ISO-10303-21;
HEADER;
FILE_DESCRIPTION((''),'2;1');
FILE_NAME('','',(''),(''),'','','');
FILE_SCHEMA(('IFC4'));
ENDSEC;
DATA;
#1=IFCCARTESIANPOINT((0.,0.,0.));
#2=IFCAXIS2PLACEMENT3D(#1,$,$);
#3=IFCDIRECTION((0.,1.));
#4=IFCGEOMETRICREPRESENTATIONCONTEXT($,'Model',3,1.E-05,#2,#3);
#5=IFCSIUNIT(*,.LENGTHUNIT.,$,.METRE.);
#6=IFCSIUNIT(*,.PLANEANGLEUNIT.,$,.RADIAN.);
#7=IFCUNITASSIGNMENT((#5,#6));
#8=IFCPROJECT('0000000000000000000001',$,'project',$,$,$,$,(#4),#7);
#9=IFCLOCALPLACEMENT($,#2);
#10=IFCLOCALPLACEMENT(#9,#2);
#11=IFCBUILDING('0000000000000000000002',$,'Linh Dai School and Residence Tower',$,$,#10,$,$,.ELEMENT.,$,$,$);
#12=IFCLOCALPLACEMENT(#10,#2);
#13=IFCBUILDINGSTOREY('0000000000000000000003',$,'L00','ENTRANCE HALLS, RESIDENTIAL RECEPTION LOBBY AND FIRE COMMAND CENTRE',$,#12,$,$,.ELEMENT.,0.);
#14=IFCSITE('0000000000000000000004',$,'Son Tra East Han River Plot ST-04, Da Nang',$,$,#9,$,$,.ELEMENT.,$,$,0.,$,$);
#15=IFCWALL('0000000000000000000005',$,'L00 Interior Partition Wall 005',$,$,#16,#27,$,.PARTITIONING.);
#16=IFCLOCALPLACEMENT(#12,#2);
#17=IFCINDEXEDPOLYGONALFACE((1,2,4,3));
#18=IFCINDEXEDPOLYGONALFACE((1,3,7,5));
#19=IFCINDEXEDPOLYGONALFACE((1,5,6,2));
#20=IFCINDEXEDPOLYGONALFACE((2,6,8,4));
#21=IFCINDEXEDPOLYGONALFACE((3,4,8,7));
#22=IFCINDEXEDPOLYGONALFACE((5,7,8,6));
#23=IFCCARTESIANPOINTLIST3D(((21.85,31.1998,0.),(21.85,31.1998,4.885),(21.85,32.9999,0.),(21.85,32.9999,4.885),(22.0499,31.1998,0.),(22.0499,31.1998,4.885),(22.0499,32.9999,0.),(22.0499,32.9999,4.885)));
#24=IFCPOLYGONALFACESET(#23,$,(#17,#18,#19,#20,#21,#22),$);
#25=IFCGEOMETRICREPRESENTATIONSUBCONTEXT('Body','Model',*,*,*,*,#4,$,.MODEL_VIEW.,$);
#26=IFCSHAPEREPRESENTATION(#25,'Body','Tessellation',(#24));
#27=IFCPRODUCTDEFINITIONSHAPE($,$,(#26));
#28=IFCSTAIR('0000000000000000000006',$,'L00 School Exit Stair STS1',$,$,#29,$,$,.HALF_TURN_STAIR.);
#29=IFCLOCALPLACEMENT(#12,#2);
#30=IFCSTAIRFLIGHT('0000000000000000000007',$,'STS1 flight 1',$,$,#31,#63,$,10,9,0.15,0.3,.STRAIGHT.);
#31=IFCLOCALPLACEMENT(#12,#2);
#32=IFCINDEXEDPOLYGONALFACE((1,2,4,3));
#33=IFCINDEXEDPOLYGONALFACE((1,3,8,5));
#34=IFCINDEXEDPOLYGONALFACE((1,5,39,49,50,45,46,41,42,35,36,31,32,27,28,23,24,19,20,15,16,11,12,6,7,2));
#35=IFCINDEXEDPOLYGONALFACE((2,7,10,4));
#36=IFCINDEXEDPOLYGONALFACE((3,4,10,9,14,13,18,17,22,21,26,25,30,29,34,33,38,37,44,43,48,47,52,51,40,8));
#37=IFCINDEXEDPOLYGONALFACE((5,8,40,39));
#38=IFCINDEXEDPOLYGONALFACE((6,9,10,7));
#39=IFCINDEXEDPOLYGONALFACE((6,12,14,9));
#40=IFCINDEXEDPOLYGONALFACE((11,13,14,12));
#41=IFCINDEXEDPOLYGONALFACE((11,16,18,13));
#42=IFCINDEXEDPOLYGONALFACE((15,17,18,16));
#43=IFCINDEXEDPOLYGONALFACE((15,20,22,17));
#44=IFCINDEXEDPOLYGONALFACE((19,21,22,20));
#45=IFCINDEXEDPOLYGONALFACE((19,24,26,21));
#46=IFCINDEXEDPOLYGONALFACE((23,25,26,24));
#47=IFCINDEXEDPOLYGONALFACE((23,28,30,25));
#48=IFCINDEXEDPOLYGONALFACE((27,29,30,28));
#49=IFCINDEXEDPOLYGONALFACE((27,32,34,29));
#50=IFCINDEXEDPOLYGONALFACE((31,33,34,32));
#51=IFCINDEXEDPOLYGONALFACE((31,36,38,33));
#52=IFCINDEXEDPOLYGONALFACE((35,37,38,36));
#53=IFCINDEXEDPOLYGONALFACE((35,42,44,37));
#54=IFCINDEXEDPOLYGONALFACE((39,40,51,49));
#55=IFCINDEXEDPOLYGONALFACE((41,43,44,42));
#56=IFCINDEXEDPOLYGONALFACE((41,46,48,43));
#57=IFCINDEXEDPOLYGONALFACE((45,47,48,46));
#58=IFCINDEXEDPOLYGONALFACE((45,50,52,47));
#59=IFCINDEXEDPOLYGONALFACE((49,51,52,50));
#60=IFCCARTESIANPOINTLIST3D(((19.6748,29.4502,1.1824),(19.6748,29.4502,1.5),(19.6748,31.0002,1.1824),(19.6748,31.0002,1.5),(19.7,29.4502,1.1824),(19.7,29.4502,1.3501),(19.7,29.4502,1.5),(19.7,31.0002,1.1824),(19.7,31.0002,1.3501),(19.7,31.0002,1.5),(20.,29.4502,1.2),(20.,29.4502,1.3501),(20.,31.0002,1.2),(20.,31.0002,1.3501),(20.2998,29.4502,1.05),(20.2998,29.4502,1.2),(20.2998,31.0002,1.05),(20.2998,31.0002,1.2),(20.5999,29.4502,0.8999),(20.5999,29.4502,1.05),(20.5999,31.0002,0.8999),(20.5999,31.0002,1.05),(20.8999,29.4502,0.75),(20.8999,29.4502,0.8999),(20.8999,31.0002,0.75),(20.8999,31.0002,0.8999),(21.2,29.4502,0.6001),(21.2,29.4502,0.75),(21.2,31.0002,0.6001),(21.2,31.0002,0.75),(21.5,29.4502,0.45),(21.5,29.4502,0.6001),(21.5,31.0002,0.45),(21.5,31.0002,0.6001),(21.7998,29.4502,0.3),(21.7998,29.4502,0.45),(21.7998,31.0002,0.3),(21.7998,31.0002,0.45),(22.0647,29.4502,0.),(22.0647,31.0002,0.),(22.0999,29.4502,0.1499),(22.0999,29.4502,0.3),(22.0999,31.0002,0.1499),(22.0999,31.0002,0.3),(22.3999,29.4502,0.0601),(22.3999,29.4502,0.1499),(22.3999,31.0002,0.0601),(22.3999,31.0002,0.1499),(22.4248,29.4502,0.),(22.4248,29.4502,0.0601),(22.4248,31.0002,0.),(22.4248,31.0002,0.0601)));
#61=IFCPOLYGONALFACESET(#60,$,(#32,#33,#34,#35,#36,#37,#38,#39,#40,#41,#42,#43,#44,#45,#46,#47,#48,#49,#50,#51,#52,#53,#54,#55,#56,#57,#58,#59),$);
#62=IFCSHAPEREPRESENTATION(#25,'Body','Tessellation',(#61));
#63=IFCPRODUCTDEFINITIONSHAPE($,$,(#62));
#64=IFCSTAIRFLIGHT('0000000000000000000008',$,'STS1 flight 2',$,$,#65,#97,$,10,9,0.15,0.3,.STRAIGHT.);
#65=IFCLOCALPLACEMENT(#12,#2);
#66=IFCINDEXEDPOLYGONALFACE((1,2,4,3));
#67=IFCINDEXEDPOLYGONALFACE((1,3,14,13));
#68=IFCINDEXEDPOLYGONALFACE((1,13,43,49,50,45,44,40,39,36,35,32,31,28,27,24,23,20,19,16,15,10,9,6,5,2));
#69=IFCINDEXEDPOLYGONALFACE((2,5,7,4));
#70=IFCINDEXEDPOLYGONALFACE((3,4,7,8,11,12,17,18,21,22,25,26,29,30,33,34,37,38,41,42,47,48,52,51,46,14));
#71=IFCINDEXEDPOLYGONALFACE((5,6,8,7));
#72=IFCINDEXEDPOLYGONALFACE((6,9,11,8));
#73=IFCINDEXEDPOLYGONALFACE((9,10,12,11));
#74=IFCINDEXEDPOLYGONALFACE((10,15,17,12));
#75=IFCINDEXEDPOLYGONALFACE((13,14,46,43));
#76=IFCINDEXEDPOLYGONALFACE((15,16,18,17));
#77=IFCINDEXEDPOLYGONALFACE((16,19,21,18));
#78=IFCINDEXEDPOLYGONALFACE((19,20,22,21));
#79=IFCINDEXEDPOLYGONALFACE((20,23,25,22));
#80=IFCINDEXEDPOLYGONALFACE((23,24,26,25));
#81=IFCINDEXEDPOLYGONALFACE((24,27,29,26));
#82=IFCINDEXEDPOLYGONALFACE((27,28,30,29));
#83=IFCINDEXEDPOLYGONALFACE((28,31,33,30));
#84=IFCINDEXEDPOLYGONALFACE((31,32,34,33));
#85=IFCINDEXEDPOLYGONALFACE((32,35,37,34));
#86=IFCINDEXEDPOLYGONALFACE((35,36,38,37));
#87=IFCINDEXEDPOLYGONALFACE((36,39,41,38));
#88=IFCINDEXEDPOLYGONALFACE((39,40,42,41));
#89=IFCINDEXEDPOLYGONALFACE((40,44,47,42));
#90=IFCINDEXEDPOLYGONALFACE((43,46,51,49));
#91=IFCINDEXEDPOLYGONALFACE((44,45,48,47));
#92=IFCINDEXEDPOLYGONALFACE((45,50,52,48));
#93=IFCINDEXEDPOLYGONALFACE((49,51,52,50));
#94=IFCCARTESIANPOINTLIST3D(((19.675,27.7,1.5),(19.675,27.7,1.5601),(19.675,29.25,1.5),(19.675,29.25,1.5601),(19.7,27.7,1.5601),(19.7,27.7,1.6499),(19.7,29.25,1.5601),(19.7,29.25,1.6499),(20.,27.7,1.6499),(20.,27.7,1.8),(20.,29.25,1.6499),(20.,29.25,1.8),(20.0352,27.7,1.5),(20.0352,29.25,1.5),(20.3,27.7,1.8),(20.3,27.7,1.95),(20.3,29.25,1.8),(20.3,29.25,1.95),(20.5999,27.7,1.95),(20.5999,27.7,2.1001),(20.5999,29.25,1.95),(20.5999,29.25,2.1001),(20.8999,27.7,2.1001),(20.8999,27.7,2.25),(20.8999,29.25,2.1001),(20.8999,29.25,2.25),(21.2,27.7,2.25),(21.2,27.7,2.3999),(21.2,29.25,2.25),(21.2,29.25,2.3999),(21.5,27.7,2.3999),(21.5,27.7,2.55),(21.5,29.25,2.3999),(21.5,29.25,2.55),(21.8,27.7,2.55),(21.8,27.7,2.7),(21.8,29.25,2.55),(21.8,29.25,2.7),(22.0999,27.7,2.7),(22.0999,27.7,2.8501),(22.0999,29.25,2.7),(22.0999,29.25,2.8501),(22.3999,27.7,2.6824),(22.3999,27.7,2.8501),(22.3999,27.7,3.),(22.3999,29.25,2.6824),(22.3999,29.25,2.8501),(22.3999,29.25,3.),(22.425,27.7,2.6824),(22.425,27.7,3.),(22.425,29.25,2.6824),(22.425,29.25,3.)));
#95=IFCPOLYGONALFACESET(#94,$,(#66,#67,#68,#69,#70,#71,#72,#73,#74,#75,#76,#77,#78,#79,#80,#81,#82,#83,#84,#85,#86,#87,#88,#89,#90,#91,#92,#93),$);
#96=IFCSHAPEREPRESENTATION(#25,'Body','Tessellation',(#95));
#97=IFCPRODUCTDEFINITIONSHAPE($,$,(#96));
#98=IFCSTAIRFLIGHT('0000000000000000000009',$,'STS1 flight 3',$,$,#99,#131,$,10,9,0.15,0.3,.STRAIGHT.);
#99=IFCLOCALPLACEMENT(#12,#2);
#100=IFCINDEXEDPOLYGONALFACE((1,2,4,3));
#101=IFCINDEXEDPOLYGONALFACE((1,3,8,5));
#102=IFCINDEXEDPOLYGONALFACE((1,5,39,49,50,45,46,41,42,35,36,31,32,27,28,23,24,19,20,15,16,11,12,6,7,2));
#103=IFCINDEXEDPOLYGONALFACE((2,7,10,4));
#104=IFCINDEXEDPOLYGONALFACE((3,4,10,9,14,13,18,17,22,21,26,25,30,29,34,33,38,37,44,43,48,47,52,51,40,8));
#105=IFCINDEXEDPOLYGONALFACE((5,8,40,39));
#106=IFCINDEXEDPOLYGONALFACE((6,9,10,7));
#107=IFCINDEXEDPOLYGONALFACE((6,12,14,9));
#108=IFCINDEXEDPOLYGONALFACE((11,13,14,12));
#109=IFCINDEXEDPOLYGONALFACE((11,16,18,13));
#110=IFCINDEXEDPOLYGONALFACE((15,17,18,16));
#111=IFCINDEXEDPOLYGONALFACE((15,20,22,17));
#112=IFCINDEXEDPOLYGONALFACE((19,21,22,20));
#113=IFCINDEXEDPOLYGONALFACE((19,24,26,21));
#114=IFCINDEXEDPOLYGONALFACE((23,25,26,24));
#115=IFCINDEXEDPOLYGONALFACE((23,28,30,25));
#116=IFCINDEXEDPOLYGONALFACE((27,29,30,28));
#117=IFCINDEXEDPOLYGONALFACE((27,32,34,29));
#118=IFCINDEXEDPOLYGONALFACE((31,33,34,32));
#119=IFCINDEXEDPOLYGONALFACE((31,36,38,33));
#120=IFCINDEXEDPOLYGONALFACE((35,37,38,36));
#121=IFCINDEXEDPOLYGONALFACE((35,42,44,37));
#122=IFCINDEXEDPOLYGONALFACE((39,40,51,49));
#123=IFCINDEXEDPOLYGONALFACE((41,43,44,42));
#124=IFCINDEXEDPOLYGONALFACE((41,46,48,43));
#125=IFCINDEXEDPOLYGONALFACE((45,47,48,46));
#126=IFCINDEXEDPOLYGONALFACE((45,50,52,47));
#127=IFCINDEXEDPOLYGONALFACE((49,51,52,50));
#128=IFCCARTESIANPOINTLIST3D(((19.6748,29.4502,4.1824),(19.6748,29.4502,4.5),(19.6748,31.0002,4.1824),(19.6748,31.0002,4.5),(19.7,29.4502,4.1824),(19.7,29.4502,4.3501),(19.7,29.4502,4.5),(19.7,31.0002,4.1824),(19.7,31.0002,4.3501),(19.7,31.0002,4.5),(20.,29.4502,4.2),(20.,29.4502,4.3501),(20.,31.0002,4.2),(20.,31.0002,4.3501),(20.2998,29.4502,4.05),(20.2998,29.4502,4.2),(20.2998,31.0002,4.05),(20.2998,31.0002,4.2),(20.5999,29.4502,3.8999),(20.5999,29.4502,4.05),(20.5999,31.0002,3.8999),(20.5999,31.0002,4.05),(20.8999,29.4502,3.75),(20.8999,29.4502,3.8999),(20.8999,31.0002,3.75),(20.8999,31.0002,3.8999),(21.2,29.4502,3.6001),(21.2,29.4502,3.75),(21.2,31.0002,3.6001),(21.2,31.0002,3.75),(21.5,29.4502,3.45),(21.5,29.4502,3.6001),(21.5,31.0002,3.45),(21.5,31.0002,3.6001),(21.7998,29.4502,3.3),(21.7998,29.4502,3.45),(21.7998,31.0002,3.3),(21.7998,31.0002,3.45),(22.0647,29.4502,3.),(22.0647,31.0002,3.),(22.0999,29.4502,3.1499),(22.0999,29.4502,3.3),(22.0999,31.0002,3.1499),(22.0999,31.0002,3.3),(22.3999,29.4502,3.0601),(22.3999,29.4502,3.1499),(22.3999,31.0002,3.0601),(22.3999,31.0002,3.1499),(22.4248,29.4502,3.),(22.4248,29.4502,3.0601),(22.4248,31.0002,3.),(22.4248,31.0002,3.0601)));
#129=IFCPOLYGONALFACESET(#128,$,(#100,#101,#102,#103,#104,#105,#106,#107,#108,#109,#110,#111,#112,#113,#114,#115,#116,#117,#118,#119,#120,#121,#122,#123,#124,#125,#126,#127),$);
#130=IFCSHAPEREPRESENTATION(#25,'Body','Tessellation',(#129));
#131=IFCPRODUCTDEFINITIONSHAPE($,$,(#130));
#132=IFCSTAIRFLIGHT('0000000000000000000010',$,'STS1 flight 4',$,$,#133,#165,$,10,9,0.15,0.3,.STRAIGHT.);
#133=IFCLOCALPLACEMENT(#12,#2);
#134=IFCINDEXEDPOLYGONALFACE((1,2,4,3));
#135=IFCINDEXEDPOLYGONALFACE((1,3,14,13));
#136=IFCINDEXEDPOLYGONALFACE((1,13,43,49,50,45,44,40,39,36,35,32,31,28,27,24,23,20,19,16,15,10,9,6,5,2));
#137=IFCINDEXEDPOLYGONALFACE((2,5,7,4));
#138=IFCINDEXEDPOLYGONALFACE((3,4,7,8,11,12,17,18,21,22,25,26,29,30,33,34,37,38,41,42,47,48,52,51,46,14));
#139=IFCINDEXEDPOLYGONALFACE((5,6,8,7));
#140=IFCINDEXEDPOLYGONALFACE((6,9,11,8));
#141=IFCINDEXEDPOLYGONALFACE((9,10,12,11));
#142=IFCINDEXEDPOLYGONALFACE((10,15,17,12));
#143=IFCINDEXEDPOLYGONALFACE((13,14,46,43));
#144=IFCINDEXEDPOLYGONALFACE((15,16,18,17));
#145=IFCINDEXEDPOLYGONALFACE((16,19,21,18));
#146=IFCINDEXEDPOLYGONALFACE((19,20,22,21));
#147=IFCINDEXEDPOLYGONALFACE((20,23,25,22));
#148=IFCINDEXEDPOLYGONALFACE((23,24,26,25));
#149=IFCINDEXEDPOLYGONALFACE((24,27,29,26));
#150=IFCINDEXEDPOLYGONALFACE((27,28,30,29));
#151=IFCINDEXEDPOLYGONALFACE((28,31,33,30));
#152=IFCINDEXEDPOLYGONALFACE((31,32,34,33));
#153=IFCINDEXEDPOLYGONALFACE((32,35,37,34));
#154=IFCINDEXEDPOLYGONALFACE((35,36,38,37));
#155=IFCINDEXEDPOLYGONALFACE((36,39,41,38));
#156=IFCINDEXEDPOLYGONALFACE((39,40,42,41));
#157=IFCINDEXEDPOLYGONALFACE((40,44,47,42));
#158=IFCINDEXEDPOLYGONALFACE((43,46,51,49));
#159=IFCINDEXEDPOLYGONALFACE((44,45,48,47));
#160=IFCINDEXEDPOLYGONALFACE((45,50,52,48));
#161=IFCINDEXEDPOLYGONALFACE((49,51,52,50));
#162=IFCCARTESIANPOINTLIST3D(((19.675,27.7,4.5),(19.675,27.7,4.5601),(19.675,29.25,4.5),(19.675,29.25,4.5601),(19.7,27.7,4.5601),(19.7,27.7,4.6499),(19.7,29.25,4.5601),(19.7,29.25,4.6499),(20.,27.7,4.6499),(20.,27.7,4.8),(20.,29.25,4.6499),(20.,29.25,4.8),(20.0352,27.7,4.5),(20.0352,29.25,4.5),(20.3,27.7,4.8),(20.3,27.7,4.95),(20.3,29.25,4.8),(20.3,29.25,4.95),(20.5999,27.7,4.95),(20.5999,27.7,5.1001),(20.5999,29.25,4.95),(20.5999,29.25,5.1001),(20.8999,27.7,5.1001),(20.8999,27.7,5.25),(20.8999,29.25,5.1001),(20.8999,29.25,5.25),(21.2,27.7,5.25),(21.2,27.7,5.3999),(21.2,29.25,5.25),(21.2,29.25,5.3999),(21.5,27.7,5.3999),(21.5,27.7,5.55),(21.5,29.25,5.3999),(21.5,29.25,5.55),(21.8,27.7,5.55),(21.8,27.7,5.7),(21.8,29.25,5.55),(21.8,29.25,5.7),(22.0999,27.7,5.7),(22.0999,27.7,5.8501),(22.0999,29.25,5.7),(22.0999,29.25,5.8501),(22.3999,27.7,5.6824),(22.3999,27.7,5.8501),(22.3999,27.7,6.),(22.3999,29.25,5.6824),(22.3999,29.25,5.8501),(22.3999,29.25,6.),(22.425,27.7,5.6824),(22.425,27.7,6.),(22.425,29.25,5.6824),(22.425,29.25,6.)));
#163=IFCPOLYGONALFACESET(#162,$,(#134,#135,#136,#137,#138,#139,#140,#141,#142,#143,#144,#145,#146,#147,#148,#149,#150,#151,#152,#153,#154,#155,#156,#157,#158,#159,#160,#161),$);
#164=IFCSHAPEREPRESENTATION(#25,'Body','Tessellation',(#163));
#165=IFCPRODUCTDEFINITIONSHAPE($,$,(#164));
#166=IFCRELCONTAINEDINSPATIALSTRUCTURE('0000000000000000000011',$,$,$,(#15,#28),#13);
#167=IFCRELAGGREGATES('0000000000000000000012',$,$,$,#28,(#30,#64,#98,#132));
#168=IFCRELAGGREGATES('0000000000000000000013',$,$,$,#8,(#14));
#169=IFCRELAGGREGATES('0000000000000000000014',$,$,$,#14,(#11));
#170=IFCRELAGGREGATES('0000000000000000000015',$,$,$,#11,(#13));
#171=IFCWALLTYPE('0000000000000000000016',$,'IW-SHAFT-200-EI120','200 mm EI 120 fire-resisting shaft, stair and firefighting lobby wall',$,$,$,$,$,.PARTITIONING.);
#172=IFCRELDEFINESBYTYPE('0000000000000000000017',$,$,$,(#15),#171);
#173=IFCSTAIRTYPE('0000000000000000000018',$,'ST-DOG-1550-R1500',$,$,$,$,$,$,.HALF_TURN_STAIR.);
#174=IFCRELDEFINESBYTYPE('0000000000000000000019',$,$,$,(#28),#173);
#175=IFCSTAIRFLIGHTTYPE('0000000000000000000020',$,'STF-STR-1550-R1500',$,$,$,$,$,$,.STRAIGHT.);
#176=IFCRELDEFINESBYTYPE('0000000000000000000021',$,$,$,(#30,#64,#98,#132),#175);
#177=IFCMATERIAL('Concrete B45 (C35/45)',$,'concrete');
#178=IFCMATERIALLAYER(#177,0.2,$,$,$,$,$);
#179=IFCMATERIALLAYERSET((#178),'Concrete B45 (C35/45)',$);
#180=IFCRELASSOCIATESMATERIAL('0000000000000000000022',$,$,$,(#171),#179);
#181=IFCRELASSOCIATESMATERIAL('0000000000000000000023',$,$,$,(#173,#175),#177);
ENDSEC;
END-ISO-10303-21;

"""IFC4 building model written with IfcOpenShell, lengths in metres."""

from ifc_helpers import new_model, si_unit, direction, frame, frame_2d, origin, place, context, subcontext, project, spatial, polyline, rectangle, outline, extrude, source, transform, mapped, material, layer, layer_set, type_object, element, aggregate, save


model = new_model("IFC4")

# Units and contexts
model_context = context("Model", 3, precision=1e-05, world=origin(), true_north=direction((0.0, 1.0)))
body_context = subcontext(model_context, "Body", "Model", "MODEL_VIEW")
ifc_project = project(units=[si_unit("LENGTHUNIT", "METRE"), si_unit("PLANEANGLEUNIT", "RADIAN")], contexts=[model_context])

# Site, building, storey
site_placement = place(None, origin())
site = spatial("IfcSite", under=ifc_project, at=site_placement, Name="Son Tra East Han River Plot ST-04, Da Nang", CompositionType="ELEMENT", RefElevation=0.0)
building_placement = place(site_placement, origin())
building = spatial("IfcBuilding", under=site, at=building_placement, Name="Linh Dai School and Residence Tower", CompositionType="ELEMENT")
storey_placement = place(building_placement, origin())
storey = spatial("IfcBuildingStorey", under=building, at=storey_placement, Name="L00", Description="ENTRANCE HALLS, RESIDENTIAL RECEPTION LOBBY AND FIRE COMMAND CENTRE", CompositionType="ELEMENT", Elevation=0.0)

# Wall
ifc_material_1 = material(Name="Concrete B45 (C35/45)", Category="concrete")
ifc_layer_1 = layer(ifc_material_1, 0.2)
ifc_layer_set_1 = layer_set([ifc_layer_1], Name="Concrete B45 (C35/45)")
wall_type_1 = type_object("IfcWallType", Name="IW-SHAFT-200-EI120", Description="200 mm EI 120 fire-resisting shaft, stair and firefighting lobby wall", PredefinedType="PARTITIONING", material=ifc_layer_set_1)
wall_1_placement = place(storey_placement, frame((21.95, 31.2, 0.0), z_axis=(0.0, 0.0, 1.0), x_axis=(0.0, 1.0, 0.0)))
element("IfcWall", 1, at=wall_1_placement, inside=storey, type_object=wall_type_1, Name="L00 Interior Partition Wall 005", PredefinedType="PARTITIONING", context=body_context, shape_type="SweptSolid", body=[
    extrude(rectangle(XDim=1.8, YDim=0.2, at=frame_2d((0.8999, 0.0))), origin(), (0.0, 0.0, 1.0), 4.885),
])

# Stair, stair flights
stair_type = type_object("IfcStairType", Name="ST-DOG-1550-R1500", PredefinedType="HALF_TURN_STAIR", material=ifc_material_1)
stair_placement = place(storey_placement, origin())
stair = element("IfcStair", 2, at=stair_placement, inside=storey, type_object=stair_type, Name="L00 School Exit Stair STS1", PredefinedType="HALF_TURN_STAIR")
stair_flight_type = type_object("IfcStairFlightType", Name="STF-STR-1550-R1500", PredefinedType="STRAIGHT", material=ifc_material_1)
shared_shape_1 = source(origin(), body_context, "Body", "SweptSolid", [
    extrude(outline(polyline([(-0.0249, 0.0), (-0.0249, 0.0601), (0.0, 0.0601), (0.0, 0.1499), (0.3, 0.1499), (0.3, 0.3), (0.6001, 0.3), (0.6001, 0.45), (0.8999, 0.45), (0.8999, 0.6001), (1.2, 0.6001), (1.2, 0.75), (1.5, 0.75), (1.5, 0.8999), (1.8, 0.8999), (1.8, 1.05), (2.1001, 1.05), (2.1001, 1.2), (2.3999, 1.2), (2.3999, 1.3501), (2.7, 1.3501), (2.7, 1.5), (2.7251, 1.5), (2.7251, 1.1824), (2.7, 1.1824), (0.3352, 0.0), (-0.0249, 0.0)])), frame((0.0, 0.7749, 0.0), z_axis=(0.0, -1.0, 0.0), x_axis=(1.0, 0.0, 0.0)), (0.0, 0.0, 1.0), 1.55),
])
stair_flight_1_placement = place(storey_placement, frame((22.3999, 30.2251, 0.0), z_axis=(0.0, 0.0, 1.0), x_axis=(-1.0, 0.0, 0.0)))
stair_flight_1 = element("IfcStairFlight", 3, at=stair_flight_1_placement, type_object=stair_flight_type, Name="STS1 flight 1", NumberOfRisers=10, NumberOfTreads=9, PredefinedType="STRAIGHT", RiserHeight=0.15, TreadLength=0.3, context=body_context, shape_type="MappedRepresentation", body=[
    mapped(shared_shape_1, transform((0.0, 0.0, 0.0), x_axis=(1.0, 0.0, 0.0), y_axis=(0.0, 1.0, 0.0), z_axis=(0.0, 0.0, 1.0), scale=1.0)),
])
stair_flight_2_placement = place(storey_placement, frame((19.7, 28.4751, 1.5), z_axis=(0.0, 0.0, 1.0), x_axis=(1.0, 0.0, 0.0)))
stair_flight_2 = element("IfcStairFlight", 4, at=stair_flight_2_placement, type_object=stair_flight_type, Name="STS1 flight 2", NumberOfRisers=10, NumberOfTreads=9, PredefinedType="STRAIGHT", RiserHeight=0.15, TreadLength=0.3, context=body_context, shape_type="MappedRepresentation", body=[
    mapped(shared_shape_1, transform((0.0, 0.0, 0.0), x_axis=(1.0, 0.0, 0.0), y_axis=(0.0, 1.0, 0.0), z_axis=(0.0, 0.0, 1.0), scale=1.0)),
])
stair_flight_3_placement = place(storey_placement, frame((22.3999, 30.2251, 3.0), z_axis=(0.0, 0.0, 1.0), x_axis=(-1.0, 0.0, 0.0)))
stair_flight_3 = element("IfcStairFlight", 5, at=stair_flight_3_placement, type_object=stair_flight_type, Name="STS1 flight 3", NumberOfRisers=10, NumberOfTreads=9, PredefinedType="STRAIGHT", RiserHeight=0.15, TreadLength=0.3, context=body_context, shape_type="MappedRepresentation", body=[
    mapped(shared_shape_1, transform((0.0, 0.0, 0.0), x_axis=(1.0, 0.0, 0.0), y_axis=(0.0, 1.0, 0.0), z_axis=(0.0, 0.0, 1.0), scale=1.0)),
])
stair_flight_4_placement = place(storey_placement, frame((19.7, 28.4751, 4.5), z_axis=(0.0, 0.0, 1.0), x_axis=(1.0, 0.0, 0.0)))
stair_flight_4 = element("IfcStairFlight", 6, at=stair_flight_4_placement, type_object=stair_flight_type, Name="STS1 flight 4", NumberOfRisers=10, NumberOfTreads=9, PredefinedType="STRAIGHT", RiserHeight=0.15, TreadLength=0.3, context=body_context, shape_type="MappedRepresentation", body=[
    mapped(shared_shape_1, transform((0.0, 0.0, 0.0), x_axis=(1.0, 0.0, 0.0), y_axis=(0.0, 1.0, 0.0), z_axis=(0.0, 0.0, 1.0), scale=1.0)),
])
aggregate(stair, [stair_flight_1, stair_flight_2, stair_flight_3, stair_flight_4])

save(model, "model.ifc")
